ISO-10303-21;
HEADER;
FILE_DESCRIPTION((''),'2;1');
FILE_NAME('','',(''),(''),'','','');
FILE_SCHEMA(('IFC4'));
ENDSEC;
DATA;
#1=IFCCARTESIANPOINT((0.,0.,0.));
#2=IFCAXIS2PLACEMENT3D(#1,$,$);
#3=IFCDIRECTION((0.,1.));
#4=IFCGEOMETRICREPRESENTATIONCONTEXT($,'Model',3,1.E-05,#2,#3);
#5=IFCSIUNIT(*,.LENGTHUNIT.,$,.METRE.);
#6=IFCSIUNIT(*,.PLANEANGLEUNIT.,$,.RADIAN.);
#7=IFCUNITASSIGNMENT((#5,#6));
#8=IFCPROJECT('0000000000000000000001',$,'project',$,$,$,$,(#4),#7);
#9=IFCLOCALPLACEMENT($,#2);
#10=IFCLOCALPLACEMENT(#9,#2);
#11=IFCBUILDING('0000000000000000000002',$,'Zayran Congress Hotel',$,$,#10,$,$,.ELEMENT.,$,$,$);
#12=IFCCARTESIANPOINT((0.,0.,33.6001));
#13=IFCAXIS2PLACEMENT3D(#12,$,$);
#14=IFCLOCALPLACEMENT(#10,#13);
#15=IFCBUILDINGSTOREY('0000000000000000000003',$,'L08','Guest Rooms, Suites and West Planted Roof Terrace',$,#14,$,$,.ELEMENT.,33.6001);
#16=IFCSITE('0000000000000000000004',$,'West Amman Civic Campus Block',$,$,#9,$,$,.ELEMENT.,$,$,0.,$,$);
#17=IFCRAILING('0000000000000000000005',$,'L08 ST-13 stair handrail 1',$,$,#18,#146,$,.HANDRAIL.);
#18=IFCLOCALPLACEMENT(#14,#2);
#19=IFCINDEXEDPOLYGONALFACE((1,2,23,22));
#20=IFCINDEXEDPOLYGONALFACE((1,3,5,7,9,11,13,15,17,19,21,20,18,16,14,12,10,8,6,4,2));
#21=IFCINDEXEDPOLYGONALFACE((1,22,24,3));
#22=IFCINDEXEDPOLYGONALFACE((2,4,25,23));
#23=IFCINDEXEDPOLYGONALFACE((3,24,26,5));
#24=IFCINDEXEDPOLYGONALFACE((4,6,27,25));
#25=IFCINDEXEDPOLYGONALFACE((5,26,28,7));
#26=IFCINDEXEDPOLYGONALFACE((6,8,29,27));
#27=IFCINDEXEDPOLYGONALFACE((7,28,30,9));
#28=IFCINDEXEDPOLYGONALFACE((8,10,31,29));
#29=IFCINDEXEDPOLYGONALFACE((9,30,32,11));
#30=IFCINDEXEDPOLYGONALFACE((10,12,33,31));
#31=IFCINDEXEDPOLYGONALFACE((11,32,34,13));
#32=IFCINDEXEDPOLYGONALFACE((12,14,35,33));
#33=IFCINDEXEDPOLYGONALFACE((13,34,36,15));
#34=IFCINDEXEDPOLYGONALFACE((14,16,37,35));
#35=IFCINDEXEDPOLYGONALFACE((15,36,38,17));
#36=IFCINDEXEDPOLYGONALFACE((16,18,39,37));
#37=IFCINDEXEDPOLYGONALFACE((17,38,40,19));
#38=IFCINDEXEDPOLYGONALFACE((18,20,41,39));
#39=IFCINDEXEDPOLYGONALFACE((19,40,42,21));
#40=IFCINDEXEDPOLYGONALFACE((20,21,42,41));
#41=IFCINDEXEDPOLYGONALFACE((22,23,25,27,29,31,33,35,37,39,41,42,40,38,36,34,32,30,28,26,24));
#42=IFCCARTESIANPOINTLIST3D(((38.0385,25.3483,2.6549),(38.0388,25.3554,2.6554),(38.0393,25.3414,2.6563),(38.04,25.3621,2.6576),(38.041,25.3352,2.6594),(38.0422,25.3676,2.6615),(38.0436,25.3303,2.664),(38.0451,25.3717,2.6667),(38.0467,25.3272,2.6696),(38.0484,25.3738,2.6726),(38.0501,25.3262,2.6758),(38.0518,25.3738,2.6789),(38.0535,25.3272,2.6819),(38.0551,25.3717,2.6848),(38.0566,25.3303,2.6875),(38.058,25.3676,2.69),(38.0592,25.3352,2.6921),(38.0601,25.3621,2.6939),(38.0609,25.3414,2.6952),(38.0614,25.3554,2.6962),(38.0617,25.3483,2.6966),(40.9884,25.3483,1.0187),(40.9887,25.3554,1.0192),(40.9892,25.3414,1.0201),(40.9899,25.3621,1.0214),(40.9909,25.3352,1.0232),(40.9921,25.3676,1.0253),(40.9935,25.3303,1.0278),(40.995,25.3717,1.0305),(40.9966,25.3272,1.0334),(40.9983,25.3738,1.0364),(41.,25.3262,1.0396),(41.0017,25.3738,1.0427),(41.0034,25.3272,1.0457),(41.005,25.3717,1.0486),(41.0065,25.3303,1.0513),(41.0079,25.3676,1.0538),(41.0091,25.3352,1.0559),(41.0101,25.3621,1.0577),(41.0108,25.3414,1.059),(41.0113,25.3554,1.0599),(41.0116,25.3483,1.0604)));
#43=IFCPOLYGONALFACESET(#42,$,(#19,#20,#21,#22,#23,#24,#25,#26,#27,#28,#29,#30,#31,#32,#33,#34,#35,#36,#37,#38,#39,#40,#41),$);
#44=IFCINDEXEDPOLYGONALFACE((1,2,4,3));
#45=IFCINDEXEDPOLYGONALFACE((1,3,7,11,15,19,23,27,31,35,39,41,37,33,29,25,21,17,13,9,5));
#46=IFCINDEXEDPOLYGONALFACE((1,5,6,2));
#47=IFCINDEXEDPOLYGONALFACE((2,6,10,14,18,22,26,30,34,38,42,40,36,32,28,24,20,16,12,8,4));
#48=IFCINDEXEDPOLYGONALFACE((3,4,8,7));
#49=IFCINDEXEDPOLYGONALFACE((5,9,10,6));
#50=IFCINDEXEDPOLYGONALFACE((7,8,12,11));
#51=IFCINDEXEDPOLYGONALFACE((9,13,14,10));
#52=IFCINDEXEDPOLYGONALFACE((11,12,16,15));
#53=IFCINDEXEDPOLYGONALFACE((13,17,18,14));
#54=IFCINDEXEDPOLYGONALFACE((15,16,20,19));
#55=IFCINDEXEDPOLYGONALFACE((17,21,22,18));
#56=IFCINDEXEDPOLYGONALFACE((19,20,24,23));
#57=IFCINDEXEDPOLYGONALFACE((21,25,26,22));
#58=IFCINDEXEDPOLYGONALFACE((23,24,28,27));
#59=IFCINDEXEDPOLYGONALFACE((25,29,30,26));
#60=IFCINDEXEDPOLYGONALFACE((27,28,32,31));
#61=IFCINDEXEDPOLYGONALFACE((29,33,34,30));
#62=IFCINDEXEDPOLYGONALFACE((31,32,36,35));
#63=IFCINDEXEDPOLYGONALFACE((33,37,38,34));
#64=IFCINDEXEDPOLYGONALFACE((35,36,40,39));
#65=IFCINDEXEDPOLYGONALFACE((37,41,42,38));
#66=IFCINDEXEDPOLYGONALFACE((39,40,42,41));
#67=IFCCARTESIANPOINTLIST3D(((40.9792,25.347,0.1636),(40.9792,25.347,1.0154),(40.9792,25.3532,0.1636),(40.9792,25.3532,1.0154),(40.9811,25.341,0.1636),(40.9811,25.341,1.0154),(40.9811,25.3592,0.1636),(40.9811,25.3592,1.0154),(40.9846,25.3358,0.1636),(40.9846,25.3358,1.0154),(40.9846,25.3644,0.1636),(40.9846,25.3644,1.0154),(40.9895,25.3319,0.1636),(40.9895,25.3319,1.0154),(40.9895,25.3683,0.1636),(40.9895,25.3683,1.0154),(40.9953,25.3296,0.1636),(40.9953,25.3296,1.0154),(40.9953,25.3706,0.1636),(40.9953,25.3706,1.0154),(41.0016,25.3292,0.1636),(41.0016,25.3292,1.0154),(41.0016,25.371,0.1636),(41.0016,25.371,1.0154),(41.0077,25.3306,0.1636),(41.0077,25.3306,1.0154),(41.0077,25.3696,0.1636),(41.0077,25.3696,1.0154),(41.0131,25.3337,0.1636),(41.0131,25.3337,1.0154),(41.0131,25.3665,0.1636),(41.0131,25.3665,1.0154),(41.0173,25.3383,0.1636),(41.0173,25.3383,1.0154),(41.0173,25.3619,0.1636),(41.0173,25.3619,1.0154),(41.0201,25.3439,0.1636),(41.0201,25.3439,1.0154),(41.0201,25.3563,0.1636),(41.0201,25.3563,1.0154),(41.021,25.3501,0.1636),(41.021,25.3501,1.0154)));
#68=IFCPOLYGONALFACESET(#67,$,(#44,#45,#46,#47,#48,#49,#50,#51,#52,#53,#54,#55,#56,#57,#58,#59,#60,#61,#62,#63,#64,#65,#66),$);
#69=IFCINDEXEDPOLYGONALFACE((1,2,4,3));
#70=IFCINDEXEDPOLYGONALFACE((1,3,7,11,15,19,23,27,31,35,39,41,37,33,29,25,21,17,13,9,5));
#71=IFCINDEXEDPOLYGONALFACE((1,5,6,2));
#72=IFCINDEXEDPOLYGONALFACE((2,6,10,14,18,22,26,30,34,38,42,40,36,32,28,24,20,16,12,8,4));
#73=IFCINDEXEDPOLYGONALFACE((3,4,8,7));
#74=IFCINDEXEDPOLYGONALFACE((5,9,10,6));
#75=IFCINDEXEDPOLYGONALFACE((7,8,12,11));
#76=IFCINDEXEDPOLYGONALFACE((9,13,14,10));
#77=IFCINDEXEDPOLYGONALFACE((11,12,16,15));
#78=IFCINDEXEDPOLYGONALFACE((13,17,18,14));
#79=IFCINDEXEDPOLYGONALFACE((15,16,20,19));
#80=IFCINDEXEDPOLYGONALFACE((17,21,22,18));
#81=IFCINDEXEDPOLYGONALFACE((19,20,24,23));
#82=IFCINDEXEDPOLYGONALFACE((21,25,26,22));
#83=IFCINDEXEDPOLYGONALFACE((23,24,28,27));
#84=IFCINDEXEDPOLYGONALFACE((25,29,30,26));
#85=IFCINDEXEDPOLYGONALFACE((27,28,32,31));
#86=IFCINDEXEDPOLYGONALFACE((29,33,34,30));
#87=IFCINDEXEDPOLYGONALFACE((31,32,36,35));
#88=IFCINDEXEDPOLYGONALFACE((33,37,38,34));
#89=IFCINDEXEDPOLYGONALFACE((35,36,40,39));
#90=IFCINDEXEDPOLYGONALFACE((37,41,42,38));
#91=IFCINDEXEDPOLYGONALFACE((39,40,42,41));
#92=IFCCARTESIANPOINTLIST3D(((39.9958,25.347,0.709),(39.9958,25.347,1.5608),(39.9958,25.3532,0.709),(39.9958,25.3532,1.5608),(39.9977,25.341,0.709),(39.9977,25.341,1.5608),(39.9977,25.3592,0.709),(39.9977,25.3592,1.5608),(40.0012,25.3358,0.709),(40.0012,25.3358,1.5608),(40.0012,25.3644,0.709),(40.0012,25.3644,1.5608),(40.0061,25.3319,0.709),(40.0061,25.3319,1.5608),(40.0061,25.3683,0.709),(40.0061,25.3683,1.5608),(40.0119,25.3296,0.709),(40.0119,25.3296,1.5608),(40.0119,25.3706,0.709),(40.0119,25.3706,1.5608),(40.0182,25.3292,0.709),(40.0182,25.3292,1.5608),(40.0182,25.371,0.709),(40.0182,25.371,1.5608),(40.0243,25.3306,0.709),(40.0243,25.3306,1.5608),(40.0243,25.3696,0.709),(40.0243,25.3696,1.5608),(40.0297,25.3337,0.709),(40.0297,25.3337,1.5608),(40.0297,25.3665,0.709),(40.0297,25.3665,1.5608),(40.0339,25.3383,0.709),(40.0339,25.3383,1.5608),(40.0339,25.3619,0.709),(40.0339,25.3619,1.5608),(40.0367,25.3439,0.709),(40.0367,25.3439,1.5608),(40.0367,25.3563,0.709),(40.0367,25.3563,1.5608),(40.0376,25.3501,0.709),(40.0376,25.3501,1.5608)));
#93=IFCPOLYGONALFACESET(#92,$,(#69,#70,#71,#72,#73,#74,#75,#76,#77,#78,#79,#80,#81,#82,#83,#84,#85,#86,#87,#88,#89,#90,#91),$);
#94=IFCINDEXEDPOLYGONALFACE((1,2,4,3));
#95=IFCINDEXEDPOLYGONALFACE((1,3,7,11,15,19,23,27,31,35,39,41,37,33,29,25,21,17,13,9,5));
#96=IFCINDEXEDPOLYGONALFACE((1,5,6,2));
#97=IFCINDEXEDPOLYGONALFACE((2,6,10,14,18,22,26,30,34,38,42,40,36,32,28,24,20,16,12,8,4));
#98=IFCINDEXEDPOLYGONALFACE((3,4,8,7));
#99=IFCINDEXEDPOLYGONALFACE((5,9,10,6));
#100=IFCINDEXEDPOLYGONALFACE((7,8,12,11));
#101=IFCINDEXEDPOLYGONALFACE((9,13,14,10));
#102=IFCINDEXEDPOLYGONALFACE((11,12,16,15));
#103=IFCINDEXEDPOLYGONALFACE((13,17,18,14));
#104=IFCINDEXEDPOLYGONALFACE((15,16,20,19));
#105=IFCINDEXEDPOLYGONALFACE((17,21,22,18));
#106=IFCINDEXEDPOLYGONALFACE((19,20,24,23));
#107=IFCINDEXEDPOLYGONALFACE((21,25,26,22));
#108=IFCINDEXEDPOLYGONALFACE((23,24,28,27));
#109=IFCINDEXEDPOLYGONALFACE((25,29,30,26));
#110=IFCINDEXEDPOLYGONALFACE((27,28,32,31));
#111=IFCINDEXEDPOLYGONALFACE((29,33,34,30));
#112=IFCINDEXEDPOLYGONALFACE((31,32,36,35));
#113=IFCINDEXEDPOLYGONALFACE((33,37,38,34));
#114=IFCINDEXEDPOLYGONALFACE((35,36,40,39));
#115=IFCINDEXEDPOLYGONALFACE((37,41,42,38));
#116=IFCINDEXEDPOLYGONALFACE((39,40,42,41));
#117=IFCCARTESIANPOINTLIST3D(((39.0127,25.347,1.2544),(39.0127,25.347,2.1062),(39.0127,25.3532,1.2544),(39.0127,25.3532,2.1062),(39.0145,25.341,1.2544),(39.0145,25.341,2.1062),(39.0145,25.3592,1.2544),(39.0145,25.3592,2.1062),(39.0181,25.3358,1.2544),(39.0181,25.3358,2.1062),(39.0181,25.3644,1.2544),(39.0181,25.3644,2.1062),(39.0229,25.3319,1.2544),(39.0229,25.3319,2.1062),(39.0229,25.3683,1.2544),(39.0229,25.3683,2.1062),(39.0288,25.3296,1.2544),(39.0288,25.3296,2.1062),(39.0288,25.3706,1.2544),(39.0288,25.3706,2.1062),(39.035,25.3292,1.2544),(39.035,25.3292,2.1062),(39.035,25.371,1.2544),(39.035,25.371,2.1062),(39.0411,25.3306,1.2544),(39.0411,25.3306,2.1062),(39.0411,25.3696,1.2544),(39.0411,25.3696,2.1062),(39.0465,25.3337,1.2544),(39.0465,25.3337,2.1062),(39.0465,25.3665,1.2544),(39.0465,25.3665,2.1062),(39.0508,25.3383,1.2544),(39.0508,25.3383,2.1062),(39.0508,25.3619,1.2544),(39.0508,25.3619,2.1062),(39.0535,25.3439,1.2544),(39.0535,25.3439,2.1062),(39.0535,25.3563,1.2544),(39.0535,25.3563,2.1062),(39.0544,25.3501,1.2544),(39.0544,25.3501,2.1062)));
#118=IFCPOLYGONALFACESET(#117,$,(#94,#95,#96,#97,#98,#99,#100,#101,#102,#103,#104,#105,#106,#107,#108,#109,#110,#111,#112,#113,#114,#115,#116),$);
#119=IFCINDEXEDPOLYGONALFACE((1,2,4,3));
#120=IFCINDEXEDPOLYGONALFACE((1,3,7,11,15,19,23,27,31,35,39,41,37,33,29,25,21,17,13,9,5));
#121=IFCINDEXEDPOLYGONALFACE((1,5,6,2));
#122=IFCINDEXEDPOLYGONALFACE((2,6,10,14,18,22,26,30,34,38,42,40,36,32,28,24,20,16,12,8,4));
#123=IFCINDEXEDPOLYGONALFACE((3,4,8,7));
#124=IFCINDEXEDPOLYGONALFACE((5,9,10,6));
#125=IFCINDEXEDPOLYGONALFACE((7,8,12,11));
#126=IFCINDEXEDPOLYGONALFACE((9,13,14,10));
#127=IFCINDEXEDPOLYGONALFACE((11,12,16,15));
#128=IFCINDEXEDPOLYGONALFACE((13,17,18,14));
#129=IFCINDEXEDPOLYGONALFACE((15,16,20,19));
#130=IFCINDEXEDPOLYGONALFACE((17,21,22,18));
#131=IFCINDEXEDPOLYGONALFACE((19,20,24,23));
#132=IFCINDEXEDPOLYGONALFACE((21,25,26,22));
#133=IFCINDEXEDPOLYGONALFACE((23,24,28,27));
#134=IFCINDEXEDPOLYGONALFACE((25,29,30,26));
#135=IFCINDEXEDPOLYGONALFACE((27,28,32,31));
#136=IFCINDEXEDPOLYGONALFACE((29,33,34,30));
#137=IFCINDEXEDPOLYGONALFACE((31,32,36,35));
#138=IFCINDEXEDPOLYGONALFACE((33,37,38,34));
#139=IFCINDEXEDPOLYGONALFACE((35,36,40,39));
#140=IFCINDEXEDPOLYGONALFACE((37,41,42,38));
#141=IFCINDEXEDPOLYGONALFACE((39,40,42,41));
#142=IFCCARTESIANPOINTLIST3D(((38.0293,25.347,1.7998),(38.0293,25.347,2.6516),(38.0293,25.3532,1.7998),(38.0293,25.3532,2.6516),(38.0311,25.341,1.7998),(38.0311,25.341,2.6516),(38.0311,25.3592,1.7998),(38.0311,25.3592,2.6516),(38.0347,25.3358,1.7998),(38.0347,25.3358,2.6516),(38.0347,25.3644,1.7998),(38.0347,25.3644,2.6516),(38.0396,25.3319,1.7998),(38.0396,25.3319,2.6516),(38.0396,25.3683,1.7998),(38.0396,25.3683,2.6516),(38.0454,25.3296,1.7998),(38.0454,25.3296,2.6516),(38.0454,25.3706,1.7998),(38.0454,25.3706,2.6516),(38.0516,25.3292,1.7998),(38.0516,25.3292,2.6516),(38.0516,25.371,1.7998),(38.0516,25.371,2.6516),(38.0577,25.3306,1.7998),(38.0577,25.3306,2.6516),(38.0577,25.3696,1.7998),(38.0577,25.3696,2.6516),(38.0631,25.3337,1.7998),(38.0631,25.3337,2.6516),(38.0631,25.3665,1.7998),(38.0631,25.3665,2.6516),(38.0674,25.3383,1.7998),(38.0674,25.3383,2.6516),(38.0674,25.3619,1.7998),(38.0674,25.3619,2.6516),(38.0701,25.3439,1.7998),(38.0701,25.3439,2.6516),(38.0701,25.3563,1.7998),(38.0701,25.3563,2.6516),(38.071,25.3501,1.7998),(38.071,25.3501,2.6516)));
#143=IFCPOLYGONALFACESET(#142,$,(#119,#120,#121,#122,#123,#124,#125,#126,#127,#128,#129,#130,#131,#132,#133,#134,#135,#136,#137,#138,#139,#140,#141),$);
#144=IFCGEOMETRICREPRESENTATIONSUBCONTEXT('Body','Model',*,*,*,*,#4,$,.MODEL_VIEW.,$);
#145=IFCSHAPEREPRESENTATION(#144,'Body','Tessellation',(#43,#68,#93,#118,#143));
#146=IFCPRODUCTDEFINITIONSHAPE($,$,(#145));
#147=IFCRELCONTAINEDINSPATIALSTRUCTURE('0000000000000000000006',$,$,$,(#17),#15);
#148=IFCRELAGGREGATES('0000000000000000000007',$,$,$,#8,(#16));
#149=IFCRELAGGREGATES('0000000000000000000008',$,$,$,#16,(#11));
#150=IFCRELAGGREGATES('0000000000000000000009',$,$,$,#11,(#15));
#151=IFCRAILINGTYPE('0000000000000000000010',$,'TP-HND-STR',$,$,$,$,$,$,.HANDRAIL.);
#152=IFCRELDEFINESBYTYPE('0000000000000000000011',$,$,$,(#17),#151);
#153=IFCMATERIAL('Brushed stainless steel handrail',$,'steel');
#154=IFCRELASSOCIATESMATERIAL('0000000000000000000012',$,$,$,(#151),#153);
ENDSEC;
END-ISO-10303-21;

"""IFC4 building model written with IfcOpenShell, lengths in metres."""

from ifc_helpers import new_model, si_unit, direction, frame, origin, origin_2d, place, context, subcontext, project, spatial, circle, extrude, material, type_object, element, save


model = new_model("IFC4")

# Units and contexts
model_context = context("Model", 3, precision=1e-05, world=origin(), true_north=direction((0.0, 1.0)))
body_context = subcontext(model_context, "Body", "Model", "MODEL_VIEW")
ifc_project = project(units=[si_unit("LENGTHUNIT", "METRE"), si_unit("PLANEANGLEUNIT", "RADIAN")], contexts=[model_context])

# Site, building, storey
site_placement = place(None, origin())
site = spatial("IfcSite", under=ifc_project, at=site_placement, Name="West Amman Civic Campus Block", CompositionType="ELEMENT", RefElevation=0.0)
building_placement = place(site_placement, origin())
building = spatial("IfcBuilding", under=site, at=building_placement, Name="Zayran Congress Hotel", CompositionType="ELEMENT")
storey_placement = place(building_placement, frame((0.0, 0.0, 33.6001)))
storey = spatial("IfcBuildingStorey", under=building, at=storey_placement, Name="L08", Description="Guest Rooms, Suites and West Planted Roof Terrace", CompositionType="ELEMENT", Elevation=33.6001)

# Railing
ifc_material_1 = material(Name="Brushed stainless steel handrail", Category="steel")
railing_type_1 = type_object("IfcRailingType", Name="TP-HND-STR", PredefinedType="HANDRAIL", material=ifc_material_1)
railing_1_placement = place(storey_placement, frame((41.0, 25.3501, 0.1636)))
element("IfcRailing", 1, at=railing_1_placement, inside=storey, type_object=railing_type_1, Name="L08 ST-13 stair handrail 1", PredefinedType="HANDRAIL", context=body_context, shape_type="SweptSolid", body=[
    extrude(circle(Radius=0.0239, at=origin_2d()), frame((0.0, 0.0, 0.876), z_axis=(-0.874488, 0.0, 0.485047), x_axis=(0.0, -1.0, 0.0)), (0.0, 0.0, 1.0), 3.3733),
    extrude(circle(Radius=0.021, at=origin_2d()), origin(), (0.0, 0.0, 1.0), 0.8518),
    extrude(circle(Radius=0.021, at=origin_2d()), frame((-0.9834, 0.0, 0.5454)), (0.0, 0.0, 1.0), 0.8518),
    extrude(circle(Radius=0.021, at=origin_2d()), frame((-1.9666, 0.0, 1.0908)), (0.0, 0.0, 1.0), 0.8518),
    extrude(circle(Radius=0.021, at=origin_2d()), frame((-2.95, 0.0, 1.6362)), (0.0, 0.0, 1.0), 0.8518),
])

save(model, "model.ifc")
